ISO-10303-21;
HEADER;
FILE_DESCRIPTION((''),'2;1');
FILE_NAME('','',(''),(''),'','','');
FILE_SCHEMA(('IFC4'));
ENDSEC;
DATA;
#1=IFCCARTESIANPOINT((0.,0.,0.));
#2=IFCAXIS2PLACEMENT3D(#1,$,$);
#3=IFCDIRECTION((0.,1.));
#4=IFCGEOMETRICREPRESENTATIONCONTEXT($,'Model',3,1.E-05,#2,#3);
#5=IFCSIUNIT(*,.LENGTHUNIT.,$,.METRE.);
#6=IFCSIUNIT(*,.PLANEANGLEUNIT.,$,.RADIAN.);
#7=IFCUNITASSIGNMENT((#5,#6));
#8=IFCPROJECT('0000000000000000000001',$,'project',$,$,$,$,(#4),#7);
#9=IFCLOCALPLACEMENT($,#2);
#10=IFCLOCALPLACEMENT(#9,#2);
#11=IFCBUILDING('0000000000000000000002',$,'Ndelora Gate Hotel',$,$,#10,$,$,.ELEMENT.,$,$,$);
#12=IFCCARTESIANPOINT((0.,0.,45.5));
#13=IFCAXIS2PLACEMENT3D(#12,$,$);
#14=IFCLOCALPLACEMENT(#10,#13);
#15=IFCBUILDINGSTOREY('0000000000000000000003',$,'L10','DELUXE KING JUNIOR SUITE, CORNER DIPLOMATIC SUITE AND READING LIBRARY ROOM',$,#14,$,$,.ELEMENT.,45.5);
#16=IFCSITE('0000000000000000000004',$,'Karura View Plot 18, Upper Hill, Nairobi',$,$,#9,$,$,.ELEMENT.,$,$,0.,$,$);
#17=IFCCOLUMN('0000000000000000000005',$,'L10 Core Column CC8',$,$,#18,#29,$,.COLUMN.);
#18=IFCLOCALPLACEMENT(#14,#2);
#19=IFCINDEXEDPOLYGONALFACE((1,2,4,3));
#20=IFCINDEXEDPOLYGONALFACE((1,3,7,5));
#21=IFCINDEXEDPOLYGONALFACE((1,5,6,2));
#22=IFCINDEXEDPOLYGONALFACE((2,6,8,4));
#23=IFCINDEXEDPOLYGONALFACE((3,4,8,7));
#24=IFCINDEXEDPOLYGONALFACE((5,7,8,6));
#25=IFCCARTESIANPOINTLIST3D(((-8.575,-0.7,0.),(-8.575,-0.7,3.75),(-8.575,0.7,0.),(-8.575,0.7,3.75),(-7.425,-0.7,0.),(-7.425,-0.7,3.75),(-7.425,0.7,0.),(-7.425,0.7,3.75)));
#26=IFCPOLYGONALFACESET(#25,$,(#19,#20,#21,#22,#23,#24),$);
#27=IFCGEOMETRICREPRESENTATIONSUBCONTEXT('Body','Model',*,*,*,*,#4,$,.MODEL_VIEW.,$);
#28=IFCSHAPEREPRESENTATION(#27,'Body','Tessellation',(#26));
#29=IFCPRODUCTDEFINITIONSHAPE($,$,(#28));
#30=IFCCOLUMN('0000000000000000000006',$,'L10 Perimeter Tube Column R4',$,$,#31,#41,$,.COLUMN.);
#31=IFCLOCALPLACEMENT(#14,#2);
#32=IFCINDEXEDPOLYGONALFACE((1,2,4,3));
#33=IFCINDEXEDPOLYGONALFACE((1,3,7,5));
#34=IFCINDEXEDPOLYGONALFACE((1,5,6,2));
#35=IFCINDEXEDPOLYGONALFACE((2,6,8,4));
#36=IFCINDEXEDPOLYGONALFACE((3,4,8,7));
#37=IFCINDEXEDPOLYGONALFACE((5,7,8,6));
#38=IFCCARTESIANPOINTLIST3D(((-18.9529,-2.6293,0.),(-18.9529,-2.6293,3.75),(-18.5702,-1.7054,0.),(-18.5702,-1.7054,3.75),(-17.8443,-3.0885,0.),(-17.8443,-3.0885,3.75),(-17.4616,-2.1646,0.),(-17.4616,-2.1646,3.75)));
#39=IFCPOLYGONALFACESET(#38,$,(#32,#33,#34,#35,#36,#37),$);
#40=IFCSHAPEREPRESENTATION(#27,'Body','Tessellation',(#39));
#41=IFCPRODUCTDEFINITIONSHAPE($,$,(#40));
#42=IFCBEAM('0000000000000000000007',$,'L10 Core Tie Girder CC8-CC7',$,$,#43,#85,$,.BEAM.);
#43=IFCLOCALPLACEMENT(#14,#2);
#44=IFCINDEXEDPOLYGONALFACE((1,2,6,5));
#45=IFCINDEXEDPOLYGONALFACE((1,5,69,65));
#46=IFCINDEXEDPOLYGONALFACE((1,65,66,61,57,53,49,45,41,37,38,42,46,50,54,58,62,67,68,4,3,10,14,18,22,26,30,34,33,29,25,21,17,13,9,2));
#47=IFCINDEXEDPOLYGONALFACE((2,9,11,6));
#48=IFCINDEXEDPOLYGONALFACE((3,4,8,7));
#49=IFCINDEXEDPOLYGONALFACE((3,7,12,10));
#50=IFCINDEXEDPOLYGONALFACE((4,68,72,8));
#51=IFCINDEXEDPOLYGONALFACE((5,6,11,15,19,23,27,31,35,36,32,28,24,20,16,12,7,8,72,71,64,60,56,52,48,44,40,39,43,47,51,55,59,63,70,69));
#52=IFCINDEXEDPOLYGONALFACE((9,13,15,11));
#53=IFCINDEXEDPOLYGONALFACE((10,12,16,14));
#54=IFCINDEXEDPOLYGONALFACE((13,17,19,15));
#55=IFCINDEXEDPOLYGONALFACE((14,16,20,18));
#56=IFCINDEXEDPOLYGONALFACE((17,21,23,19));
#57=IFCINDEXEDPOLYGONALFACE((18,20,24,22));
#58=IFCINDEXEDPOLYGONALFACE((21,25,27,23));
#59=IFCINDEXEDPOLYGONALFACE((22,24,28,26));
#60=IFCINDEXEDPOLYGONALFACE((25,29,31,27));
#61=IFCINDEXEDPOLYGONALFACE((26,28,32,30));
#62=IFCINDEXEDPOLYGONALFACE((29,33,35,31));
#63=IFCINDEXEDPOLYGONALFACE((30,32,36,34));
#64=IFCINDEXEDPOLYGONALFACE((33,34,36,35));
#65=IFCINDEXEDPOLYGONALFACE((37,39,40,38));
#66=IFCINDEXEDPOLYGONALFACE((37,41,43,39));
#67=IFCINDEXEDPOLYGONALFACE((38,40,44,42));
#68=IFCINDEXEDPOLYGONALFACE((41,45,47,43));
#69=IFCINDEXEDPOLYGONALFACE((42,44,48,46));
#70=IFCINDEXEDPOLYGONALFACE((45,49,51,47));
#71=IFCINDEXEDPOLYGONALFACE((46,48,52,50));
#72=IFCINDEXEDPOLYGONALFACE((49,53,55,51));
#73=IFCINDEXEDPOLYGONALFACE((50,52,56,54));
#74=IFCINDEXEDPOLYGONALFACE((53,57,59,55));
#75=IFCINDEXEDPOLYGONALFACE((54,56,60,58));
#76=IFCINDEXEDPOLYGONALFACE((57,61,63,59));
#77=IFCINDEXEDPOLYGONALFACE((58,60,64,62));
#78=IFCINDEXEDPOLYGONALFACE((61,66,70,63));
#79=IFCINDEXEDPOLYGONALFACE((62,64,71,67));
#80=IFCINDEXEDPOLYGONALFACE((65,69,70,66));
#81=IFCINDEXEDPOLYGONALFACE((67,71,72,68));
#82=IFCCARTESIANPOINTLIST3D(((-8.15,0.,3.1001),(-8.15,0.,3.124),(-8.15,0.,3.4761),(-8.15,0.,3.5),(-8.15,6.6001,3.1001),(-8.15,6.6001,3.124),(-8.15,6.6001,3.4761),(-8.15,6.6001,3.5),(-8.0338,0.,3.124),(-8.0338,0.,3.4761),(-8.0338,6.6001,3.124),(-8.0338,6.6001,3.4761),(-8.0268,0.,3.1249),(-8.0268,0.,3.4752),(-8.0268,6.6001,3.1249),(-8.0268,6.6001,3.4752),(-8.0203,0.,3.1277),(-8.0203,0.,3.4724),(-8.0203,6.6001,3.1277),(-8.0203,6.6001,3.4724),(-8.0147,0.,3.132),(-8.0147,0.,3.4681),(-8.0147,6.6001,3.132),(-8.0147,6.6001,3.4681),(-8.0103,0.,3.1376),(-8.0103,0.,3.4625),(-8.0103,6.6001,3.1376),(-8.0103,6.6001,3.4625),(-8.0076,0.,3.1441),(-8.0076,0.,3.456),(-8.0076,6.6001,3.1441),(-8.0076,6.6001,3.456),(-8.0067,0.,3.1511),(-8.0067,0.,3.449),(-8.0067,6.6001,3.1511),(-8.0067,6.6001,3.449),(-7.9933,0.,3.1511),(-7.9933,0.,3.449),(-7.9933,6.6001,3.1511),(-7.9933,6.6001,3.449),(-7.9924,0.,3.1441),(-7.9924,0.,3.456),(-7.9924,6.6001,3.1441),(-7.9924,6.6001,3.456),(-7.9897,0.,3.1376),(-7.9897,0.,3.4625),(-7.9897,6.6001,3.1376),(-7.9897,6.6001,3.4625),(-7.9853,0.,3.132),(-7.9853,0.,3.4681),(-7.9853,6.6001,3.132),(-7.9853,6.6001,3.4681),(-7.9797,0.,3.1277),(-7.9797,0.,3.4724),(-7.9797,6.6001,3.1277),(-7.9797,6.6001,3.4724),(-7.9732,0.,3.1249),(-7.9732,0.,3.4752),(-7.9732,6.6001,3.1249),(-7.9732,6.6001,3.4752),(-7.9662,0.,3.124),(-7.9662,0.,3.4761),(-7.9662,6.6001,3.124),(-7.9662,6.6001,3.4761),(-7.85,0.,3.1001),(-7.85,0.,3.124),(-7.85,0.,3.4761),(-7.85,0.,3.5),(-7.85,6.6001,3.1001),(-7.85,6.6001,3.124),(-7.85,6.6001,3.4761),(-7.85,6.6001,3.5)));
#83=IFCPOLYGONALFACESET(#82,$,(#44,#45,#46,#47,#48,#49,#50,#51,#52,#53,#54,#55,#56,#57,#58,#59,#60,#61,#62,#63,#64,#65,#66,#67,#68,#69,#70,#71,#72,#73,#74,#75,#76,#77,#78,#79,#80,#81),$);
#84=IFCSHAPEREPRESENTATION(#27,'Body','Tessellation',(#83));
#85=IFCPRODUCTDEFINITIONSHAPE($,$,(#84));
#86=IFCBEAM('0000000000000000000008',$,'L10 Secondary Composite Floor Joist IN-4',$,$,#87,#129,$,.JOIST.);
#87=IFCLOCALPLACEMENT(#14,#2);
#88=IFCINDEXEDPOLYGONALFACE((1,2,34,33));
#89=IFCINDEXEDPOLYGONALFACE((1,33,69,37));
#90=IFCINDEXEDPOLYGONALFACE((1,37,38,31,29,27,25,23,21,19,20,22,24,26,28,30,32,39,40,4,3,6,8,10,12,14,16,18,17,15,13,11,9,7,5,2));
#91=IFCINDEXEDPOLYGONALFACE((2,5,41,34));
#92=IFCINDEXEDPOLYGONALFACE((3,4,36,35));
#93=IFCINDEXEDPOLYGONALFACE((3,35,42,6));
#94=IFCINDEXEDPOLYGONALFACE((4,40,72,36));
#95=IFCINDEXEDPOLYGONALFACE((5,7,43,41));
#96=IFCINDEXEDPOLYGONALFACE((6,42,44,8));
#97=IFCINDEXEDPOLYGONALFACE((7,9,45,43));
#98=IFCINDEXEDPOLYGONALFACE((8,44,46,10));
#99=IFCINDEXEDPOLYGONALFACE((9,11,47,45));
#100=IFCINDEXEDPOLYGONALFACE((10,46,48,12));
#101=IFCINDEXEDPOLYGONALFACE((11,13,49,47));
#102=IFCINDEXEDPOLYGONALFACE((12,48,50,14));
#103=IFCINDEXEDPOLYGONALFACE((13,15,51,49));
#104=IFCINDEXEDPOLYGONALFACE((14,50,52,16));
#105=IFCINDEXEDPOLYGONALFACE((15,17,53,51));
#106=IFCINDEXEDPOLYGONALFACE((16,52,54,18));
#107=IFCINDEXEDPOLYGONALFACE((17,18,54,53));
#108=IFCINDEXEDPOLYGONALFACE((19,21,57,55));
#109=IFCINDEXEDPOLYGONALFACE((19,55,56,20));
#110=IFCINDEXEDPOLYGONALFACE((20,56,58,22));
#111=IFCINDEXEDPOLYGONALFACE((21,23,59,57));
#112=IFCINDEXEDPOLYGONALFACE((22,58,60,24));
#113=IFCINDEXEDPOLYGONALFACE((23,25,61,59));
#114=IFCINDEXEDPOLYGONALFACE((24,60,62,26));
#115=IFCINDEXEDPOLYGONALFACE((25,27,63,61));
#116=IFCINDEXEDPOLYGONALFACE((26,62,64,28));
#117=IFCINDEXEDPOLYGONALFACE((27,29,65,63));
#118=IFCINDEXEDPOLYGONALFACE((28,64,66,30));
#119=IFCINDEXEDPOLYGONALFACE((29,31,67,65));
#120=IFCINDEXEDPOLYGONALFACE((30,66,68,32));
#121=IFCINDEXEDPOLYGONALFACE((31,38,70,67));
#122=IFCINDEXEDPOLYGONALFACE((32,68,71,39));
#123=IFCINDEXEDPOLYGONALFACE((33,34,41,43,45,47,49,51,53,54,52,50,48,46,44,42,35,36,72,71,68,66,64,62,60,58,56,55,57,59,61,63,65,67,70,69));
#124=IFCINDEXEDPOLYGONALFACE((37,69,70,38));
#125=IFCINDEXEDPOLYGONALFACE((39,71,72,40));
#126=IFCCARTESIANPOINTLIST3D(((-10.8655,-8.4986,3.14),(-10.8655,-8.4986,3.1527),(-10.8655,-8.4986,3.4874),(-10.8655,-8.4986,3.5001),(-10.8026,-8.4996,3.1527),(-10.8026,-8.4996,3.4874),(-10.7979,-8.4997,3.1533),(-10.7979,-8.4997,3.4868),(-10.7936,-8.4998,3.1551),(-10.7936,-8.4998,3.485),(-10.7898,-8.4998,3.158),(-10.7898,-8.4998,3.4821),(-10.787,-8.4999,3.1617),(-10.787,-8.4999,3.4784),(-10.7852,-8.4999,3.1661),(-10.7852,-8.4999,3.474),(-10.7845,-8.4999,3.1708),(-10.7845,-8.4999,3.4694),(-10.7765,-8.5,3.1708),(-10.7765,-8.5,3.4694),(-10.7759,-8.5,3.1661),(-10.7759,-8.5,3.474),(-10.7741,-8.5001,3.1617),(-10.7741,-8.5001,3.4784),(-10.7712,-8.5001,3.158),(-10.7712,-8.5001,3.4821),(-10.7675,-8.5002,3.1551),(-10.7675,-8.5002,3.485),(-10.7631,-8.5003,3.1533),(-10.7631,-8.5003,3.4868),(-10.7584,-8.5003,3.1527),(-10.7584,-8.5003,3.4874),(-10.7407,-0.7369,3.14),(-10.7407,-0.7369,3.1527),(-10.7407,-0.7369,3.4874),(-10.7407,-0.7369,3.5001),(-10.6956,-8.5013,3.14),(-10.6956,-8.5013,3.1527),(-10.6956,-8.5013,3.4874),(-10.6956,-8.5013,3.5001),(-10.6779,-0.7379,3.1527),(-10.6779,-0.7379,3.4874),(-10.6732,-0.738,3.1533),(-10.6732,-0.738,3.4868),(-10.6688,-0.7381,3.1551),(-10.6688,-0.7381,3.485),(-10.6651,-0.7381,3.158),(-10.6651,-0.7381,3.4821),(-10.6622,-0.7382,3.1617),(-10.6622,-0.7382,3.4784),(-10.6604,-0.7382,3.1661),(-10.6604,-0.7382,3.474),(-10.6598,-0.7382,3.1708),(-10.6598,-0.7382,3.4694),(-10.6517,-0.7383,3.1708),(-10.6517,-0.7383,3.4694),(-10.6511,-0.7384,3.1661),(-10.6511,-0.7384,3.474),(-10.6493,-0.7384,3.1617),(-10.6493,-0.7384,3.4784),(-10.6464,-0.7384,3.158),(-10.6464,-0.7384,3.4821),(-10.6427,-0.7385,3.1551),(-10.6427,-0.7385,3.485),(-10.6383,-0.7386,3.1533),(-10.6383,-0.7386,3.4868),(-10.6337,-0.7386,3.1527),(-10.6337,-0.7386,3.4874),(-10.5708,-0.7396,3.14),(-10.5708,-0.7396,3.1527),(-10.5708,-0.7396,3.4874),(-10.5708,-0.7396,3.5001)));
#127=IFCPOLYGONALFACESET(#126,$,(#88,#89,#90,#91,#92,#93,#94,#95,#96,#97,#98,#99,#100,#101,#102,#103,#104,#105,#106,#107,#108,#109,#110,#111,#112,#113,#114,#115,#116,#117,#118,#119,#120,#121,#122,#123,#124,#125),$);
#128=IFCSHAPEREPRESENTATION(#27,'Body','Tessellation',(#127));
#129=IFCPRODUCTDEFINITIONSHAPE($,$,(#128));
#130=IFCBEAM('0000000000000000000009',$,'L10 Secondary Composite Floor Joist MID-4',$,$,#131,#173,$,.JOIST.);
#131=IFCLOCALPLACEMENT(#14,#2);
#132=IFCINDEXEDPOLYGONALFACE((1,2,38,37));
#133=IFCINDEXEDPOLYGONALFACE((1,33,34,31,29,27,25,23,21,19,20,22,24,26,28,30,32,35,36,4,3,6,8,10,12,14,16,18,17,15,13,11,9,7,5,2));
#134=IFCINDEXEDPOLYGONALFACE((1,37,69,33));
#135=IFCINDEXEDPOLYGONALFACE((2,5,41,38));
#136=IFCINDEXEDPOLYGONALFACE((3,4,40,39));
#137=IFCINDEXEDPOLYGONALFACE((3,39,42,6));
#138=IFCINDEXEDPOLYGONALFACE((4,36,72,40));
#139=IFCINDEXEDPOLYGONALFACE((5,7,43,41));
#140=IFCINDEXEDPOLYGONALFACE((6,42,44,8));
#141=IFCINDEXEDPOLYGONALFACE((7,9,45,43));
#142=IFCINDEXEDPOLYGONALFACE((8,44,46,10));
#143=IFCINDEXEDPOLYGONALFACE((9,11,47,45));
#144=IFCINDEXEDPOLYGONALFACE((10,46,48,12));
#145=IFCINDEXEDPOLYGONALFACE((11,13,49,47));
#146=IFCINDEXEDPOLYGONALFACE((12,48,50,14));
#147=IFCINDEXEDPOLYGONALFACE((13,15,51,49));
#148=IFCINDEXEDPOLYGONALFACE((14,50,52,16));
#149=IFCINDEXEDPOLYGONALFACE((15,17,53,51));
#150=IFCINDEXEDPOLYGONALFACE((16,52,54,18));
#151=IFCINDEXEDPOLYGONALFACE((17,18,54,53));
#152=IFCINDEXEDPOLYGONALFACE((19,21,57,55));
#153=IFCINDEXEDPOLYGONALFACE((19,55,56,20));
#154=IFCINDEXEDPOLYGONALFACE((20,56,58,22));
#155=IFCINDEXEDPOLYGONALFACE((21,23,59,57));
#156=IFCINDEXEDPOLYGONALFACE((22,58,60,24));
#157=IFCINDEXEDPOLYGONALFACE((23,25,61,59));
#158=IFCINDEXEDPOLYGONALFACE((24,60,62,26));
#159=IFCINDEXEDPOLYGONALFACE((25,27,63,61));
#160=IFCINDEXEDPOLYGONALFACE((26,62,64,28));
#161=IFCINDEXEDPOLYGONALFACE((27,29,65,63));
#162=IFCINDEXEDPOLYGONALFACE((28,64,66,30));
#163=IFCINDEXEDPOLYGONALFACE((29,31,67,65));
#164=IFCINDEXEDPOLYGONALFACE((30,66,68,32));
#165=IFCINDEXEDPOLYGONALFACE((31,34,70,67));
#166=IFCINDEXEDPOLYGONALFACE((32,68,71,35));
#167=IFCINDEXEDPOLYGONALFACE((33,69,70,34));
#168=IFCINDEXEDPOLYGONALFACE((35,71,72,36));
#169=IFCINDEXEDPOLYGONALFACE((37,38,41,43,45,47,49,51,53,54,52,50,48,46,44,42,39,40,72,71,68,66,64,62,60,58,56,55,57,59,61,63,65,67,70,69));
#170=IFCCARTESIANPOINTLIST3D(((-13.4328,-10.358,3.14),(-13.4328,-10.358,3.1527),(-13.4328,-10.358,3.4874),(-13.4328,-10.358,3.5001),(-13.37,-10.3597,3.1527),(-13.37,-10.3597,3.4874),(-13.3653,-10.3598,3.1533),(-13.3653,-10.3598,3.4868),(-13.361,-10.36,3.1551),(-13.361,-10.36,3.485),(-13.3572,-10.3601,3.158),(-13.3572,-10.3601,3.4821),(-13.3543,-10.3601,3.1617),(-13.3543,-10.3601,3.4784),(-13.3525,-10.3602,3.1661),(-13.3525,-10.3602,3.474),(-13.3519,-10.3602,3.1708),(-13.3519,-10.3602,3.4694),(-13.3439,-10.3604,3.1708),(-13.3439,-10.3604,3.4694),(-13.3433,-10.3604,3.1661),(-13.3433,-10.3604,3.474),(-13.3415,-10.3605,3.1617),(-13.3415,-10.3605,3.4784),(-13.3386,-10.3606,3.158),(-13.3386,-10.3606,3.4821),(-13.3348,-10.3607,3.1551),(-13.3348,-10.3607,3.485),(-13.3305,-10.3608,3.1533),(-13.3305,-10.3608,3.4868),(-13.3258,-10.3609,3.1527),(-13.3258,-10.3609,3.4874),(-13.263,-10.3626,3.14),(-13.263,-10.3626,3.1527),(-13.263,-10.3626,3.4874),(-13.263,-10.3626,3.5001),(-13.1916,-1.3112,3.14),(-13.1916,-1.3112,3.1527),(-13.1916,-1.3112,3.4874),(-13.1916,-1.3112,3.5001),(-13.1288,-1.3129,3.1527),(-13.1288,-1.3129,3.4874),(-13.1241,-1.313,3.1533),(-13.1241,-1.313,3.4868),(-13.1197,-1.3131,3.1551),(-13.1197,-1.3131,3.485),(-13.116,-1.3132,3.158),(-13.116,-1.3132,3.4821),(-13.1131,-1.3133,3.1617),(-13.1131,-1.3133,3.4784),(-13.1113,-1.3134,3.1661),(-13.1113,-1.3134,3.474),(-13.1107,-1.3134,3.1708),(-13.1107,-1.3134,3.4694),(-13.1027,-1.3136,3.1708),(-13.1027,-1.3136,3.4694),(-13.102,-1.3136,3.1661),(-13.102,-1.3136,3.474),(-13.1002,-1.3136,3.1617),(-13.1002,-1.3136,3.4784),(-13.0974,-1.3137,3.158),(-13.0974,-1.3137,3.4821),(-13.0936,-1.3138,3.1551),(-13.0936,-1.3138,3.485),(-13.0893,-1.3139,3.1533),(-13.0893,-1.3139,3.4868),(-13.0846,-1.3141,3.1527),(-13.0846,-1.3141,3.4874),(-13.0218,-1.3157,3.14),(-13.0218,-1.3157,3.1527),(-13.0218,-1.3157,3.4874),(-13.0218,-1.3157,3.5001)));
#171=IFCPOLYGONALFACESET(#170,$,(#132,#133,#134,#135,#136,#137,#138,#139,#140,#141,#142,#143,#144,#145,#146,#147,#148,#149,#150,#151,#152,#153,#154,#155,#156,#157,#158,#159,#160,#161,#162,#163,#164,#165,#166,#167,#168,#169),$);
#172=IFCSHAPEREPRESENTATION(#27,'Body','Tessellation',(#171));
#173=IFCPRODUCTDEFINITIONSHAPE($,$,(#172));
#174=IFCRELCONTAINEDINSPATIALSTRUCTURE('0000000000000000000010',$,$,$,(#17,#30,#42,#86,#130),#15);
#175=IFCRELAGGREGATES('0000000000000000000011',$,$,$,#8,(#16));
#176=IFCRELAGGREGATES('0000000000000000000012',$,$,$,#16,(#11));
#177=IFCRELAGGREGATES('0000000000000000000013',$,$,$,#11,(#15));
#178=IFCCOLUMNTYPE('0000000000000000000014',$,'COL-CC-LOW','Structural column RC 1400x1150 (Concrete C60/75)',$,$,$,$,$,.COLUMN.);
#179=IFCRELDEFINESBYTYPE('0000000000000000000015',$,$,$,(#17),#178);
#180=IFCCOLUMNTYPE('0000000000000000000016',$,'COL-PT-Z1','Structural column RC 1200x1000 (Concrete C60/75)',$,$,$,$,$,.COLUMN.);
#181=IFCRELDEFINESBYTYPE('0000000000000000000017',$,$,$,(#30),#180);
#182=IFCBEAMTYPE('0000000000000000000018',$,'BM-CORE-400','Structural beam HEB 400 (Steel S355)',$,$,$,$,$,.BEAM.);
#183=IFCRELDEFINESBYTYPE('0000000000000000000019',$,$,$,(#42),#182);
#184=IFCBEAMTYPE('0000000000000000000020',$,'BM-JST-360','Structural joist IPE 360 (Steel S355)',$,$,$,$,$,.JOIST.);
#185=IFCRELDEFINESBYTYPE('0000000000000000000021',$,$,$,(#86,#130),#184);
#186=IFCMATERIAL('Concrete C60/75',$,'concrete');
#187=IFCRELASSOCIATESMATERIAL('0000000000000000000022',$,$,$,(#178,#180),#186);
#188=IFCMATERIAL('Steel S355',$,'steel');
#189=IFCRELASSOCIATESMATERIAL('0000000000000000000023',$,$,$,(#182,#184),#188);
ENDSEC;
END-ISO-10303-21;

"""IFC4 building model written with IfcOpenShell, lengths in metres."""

from ifc_helpers import new_model, si_unit, direction, frame, origin, origin_2d, place, context, subcontext, project, spatial, rectangle, i_section, extrude, material, material_profile, profile_set, type_object, element, save


model = new_model("IFC4")

# Units and contexts
model_context = context("Model", 3, precision=1e-05, world=origin(), true_north=direction((0.0, 1.0)))
body_context = subcontext(model_context, "Body", "Model", "MODEL_VIEW")
ifc_project = project(units=[si_unit("LENGTHUNIT", "METRE"), si_unit("PLANEANGLEUNIT", "RADIAN")], contexts=[model_context])

# Site, building, storey
site_placement = place(None, origin())
site = spatial("IfcSite", under=ifc_project, at=site_placement, Name="Karura View Plot 18, Upper Hill, Nairobi", CompositionType="ELEMENT", RefElevation=0.0)
building_placement = place(site_placement, origin())
building = spatial("IfcBuilding", under=site, at=building_placement, Name="Ndelora Gate Hotel", CompositionType="ELEMENT")
storey_placement = place(building_placement, frame((0.0, 0.0, 45.5)))
storey = spatial("IfcBuildingStorey", under=building, at=storey_placement, Name="L10", Description="DELUXE KING JUNIOR SUITE, CORNER DIPLOMATIC SUITE AND READING LIBRARY ROOM", CompositionType="ELEMENT", Elevation=45.5)

# Columns
ifc_material_1 = material(Name="Concrete C60/75", Category="concrete")
ifc_material_profile_1 = material_profile(ifc_material_1, rectangle(XDim=1.1499, YDim=1.3999, at=origin_2d()), Name="RC 1400x1150")
ifc_profile_set_1 = profile_set([ifc_material_profile_1], Name="Concrete C60/75")
column_type_1 = type_object("IfcColumnType", Name="COL-CC-LOW", Description="Structural column RC 1400x1150 (Concrete C60/75)", PredefinedType="COLUMN", material=ifc_profile_set_1)
column_1_placement = place(storey_placement, frame((-8.0, 0.0, 0.0), z_axis=(0.0, 0.0, 1.0), x_axis=(1.0, 0.0, 0.0)))
element("IfcColumn", 1, at=column_1_placement, inside=storey, type_object=column_type_1, Name="L10 Core Column CC8", PredefinedType="COLUMN", context=body_context, shape_type="SweptSolid", body=[
    extrude(rectangle(XDim=1.1499, YDim=1.3999, at=origin_2d()), origin(), (0.0, 0.0, 1.0), 3.75),
])
ifc_material_profile_2 = material_profile(ifc_material_1, rectangle(XDim=1.0, YDim=1.2, at=origin_2d()), Name="RC 1200x1000")
ifc_profile_set_2 = profile_set([ifc_material_profile_2], Name="Concrete C60/75")
column_type_2 = type_object("IfcColumnType", Name="COL-PT-Z1", Description="Structural column RC 1200x1000 (Concrete C60/75)", PredefinedType="COLUMN", material=ifc_profile_set_2)
column_2_placement = place(storey_placement, frame((-18.2073, -2.397, 0.0), z_axis=(0.0, 0.0, 1.0), x_axis=(0.382683, 0.92388, 0.0)))
element("IfcColumn", 2, at=column_2_placement, inside=storey, type_object=column_type_2, Name="L10 Perimeter Tube Column R4", PredefinedType="COLUMN", context=body_context, shape_type="SweptSolid", body=[
    extrude(rectangle(XDim=1.0, YDim=1.2, at=origin_2d()), origin(), (0.0, 0.0, 1.0), 3.75),
])

# Beams
ifc_material_2 = material(Name="Steel S355", Category="steel")
ifc_material_profile_3 = material_profile(ifc_material_2, i_section(OverallWidth=0.3, OverallDepth=0.3999, WebThickness=0.0134, FlangeThickness=0.0239, FilletRadius=0.0271, at=origin_2d()), Name="HEB 400")
ifc_profile_set_3 = profile_set([ifc_material_profile_3], Name="Steel S355")
beam_type_1 = type_object("IfcBeamType", Name="BM-CORE-400", Description="Structural beam HEB 400 (Steel S355)", PredefinedType="BEAM", material=ifc_profile_set_3)
beam_1_placement = place(storey_placement, frame((-8.0, 0.0, 3.3), z_axis=(0.0, 1.0, 0.0), x_axis=(-1.0, 0.0, 0.0)))
element("IfcBeam", 3, at=beam_1_placement, inside=storey, type_object=beam_type_1, Name="L10 Core Tie Girder CC8-CC7", PredefinedType="BEAM", context=body_context, shape_type="SweptSolid", body=[
    extrude(i_section(OverallWidth=0.3, OverallDepth=0.3999, WebThickness=0.0134, FlangeThickness=0.0239, FilletRadius=0.0271, at=origin_2d()), origin(), (0.0, 0.0, 1.0), 6.6001),
])
ifc_material_profile_4 = material_profile(ifc_material_2, i_section(OverallWidth=0.1699, OverallDepth=0.3601, WebThickness=0.0081, FlangeThickness=0.0127, FilletRadius=0.0181, at=origin_2d()), Name="IPE 360")
ifc_profile_set_4 = profile_set([ifc_material_profile_4], Name="Steel S355")
beam_type_2 = type_object("IfcBeamType", Name="BM-JST-360", Description="Structural joist IPE 360 (Steel S355)", PredefinedType="JOIST", material=ifc_profile_set_4)
beam_2_placement = place(storey_placement, frame((-10.6558, -0.7383, 3.3201), z_axis=(-0.016071, -0.999871, 0.0), x_axis=(0.999871, -0.016071, 0.0)))
element("IfcBeam", 4, at=beam_2_placement, inside=storey, type_object=beam_type_2, Name="L10 Secondary Composite Floor Joist IN-4", PredefinedType="JOIST", context=body_context, shape_type="SweptSolid", body=[
    extrude(i_section(OverallWidth=0.1699, OverallDepth=0.3601, WebThickness=0.0081, FlangeThickness=0.0127, FilletRadius=0.0181, at=origin_2d()), origin(), (0.0, 0.0, 1.0), 7.7627),
])
beam_3_placement = place(storey_placement, frame((-13.1067, -1.3135, 3.3201), z_axis=(-0.026653, -0.999645, 0.0), x_axis=(0.999645, -0.026653, 0.0)))
element("IfcBeam", 5, at=beam_3_placement, inside=storey, type_object=beam_type_2, Name="L10 Secondary Composite Floor Joist MID-4", PredefinedType="JOIST", context=body_context, shape_type="SweptSolid", body=[
    extrude(i_section(OverallWidth=0.1699, OverallDepth=0.3601, WebThickness=0.0081, FlangeThickness=0.0127, FilletRadius=0.0181, at=origin_2d()), origin(), (0.0, 0.0, 1.0), 9.05),
])

save(model, "model.ifc")
